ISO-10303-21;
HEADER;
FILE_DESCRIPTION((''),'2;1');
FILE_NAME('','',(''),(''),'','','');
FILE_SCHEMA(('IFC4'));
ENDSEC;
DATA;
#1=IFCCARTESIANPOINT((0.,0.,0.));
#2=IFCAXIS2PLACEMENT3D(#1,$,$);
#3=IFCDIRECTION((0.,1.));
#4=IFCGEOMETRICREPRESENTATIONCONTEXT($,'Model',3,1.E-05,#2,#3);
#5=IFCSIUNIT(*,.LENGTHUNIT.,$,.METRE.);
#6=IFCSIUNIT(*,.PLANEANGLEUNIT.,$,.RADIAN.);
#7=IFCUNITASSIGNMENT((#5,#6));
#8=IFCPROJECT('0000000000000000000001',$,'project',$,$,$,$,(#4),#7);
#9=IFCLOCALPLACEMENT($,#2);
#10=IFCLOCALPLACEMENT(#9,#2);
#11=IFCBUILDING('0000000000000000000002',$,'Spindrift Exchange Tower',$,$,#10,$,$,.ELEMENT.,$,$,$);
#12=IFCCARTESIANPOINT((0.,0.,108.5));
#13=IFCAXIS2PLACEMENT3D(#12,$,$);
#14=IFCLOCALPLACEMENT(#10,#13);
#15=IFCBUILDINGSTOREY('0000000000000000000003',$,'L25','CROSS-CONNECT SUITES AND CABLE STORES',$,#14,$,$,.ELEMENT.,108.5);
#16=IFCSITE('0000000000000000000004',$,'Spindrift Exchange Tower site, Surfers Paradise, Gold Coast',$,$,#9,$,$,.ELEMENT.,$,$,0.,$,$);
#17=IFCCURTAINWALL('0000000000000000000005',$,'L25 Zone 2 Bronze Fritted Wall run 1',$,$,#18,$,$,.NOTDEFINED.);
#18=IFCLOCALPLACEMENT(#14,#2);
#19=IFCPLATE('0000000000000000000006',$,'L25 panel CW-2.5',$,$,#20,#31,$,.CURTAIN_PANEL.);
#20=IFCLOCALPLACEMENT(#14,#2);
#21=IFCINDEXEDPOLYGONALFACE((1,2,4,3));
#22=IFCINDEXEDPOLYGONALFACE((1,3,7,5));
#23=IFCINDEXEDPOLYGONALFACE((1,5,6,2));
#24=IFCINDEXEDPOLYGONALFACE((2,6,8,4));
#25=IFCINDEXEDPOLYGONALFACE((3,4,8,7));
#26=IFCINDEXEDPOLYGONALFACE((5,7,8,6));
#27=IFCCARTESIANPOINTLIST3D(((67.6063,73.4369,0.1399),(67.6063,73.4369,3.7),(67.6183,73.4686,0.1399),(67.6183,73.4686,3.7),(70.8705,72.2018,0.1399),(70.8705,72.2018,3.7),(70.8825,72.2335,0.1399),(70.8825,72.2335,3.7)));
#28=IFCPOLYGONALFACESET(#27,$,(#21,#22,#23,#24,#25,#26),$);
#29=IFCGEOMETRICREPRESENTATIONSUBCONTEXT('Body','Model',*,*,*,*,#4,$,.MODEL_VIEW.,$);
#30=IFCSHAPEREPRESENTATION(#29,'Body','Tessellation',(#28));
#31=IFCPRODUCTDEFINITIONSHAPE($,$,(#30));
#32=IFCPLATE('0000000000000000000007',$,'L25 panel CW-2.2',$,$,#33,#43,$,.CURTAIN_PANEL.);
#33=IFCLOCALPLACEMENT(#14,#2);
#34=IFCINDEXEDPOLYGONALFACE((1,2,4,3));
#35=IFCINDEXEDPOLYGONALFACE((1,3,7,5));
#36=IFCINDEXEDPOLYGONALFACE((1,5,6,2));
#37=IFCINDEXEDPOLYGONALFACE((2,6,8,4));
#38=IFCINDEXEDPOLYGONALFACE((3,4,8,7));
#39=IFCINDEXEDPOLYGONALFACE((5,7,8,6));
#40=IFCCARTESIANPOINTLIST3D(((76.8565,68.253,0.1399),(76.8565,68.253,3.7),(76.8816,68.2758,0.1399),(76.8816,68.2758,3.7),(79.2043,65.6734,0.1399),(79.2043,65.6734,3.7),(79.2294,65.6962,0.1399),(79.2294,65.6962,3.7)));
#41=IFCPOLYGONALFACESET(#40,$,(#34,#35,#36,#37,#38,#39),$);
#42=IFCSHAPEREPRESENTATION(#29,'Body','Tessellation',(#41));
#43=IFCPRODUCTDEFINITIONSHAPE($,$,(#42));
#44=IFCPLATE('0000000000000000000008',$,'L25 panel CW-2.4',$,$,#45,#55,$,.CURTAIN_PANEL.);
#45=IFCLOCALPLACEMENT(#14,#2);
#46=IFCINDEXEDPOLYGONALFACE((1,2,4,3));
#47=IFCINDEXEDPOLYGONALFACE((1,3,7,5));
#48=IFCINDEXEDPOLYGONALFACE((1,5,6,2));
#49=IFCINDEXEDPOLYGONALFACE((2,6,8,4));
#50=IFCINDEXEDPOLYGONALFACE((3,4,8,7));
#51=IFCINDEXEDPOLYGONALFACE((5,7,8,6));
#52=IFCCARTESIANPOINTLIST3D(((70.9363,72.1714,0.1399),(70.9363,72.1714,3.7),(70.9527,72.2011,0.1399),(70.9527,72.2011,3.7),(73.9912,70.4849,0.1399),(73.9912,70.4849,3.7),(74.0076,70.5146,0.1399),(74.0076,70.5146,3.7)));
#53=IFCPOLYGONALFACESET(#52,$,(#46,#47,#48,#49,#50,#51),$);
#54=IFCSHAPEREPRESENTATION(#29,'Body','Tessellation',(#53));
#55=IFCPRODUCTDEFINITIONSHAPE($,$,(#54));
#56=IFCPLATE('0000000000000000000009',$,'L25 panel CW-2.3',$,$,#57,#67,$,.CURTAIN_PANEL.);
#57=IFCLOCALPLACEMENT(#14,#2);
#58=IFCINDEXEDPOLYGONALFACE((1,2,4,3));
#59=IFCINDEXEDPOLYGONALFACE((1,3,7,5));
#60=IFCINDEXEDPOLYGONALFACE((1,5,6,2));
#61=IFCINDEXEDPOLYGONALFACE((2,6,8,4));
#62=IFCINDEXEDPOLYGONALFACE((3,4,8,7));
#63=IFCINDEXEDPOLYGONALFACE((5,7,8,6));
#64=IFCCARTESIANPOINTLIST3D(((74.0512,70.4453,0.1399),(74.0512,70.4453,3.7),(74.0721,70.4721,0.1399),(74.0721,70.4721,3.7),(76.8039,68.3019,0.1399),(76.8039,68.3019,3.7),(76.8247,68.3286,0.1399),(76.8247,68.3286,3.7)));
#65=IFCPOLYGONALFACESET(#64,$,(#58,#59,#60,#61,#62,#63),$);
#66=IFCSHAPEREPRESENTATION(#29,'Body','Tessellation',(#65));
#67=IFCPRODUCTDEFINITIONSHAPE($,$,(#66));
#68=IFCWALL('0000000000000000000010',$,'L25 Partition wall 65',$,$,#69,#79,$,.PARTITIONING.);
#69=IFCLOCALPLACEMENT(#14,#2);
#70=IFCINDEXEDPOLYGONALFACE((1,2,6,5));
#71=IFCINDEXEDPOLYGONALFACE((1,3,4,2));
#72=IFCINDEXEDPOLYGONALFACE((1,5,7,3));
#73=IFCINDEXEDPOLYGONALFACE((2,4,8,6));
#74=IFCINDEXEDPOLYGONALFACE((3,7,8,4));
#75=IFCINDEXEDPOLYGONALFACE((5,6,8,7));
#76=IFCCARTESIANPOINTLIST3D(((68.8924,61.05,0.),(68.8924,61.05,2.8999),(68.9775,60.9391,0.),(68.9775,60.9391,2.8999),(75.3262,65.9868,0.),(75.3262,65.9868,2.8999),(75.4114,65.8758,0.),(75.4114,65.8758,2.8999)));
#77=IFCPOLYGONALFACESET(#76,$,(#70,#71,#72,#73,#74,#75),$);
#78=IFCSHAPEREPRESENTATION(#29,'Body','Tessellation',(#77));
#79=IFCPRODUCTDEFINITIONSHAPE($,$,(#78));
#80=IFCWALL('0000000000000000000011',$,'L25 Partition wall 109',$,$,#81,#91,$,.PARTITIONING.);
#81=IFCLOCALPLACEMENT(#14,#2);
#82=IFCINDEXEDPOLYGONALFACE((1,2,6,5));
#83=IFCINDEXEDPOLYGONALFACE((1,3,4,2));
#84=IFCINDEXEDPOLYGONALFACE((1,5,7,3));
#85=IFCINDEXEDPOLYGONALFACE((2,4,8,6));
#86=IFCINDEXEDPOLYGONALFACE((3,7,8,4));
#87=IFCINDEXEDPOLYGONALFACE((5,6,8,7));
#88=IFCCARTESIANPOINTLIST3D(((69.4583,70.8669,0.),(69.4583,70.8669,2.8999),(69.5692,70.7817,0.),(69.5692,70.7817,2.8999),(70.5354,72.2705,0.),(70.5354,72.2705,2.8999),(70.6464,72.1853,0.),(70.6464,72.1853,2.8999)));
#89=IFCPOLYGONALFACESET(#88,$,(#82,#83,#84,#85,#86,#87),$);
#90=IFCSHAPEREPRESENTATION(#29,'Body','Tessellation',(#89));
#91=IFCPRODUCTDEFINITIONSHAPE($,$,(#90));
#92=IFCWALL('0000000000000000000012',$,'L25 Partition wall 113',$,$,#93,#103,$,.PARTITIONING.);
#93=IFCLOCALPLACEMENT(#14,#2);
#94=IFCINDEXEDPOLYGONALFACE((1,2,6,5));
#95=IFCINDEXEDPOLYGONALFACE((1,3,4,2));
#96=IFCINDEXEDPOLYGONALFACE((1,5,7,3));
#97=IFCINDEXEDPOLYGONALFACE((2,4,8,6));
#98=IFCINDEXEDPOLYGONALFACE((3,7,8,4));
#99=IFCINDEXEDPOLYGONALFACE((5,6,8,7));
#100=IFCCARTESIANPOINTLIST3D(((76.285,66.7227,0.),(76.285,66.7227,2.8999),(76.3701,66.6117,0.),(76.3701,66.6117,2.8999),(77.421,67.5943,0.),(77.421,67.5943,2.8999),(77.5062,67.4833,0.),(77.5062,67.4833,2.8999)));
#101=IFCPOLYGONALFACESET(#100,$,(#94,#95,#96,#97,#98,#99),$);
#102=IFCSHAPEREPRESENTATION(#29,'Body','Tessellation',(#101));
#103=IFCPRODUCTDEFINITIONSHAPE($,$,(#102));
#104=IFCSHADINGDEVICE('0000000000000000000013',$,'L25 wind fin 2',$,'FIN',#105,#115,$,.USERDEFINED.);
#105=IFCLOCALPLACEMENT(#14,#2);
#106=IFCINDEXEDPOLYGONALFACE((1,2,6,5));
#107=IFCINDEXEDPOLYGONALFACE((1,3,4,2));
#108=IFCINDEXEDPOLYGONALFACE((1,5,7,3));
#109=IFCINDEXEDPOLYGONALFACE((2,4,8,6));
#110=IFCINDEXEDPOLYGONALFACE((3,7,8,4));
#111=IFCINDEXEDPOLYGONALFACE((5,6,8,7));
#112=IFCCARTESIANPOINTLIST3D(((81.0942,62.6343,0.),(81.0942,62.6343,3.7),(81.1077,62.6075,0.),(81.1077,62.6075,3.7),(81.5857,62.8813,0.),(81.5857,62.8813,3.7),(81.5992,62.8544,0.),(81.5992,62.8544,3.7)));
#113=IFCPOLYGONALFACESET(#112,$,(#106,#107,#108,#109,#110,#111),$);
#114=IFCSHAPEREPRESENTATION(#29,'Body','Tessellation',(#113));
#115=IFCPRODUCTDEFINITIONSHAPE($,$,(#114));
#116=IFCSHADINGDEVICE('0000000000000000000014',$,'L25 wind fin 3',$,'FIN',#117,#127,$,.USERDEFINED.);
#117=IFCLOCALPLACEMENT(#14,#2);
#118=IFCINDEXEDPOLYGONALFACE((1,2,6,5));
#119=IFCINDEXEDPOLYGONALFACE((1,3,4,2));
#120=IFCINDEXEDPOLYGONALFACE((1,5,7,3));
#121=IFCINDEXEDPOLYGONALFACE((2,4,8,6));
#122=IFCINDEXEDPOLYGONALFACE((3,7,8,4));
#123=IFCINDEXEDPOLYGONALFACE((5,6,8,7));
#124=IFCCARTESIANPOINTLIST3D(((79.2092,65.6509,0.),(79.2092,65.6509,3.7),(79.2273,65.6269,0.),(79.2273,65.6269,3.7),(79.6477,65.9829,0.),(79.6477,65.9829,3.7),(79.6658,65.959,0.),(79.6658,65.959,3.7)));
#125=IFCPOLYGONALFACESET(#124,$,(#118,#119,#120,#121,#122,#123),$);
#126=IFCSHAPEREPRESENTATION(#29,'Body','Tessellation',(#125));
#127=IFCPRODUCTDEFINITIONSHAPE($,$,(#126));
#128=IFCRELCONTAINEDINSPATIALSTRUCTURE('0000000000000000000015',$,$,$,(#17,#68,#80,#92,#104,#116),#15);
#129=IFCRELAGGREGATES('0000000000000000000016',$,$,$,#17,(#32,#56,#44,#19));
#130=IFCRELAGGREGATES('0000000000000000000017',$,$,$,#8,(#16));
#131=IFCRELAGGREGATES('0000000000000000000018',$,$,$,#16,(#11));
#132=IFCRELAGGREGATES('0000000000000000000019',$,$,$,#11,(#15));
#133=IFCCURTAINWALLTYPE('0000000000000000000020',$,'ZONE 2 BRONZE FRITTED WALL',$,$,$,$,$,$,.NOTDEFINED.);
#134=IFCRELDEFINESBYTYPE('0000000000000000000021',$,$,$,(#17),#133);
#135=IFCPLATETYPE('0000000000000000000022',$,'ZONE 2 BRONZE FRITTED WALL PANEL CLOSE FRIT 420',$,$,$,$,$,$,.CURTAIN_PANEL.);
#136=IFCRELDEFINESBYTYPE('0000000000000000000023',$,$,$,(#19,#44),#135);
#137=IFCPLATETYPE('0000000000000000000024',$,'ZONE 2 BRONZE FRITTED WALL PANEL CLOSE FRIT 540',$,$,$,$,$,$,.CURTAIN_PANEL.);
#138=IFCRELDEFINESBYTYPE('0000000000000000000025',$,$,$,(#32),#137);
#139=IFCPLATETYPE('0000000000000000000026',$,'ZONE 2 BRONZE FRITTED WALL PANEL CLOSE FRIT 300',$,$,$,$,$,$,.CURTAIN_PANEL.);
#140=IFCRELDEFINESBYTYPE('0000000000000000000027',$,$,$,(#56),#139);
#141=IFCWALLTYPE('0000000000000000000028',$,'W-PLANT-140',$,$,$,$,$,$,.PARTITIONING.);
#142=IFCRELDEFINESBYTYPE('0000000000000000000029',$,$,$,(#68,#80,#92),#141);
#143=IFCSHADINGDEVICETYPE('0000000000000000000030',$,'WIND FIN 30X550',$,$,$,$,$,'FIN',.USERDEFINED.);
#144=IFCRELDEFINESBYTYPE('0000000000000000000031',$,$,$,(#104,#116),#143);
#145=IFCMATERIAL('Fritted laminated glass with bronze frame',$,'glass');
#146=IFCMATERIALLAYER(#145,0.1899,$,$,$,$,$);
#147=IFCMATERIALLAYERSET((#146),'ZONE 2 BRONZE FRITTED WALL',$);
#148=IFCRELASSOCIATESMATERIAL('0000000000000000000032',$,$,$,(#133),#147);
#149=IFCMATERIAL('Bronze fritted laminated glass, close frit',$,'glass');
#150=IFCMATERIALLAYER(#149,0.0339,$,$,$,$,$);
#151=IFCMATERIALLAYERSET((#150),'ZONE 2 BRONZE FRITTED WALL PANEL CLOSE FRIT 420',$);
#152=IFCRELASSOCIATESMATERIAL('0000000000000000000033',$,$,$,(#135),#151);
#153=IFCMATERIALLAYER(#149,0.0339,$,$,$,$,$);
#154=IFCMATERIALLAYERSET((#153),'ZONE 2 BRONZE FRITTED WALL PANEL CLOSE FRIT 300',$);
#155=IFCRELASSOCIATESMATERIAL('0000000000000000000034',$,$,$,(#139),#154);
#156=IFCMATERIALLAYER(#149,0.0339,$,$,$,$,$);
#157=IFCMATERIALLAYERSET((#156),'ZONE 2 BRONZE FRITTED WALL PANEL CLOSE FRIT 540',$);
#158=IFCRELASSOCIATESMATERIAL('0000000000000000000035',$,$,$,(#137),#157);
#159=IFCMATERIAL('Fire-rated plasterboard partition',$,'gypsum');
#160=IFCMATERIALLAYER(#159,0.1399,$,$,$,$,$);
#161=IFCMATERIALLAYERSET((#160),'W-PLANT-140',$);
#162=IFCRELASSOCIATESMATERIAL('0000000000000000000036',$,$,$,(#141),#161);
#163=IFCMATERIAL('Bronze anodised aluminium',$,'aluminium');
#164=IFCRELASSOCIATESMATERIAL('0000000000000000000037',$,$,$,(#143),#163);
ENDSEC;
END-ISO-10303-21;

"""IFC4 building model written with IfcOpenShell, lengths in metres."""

from ifc_helpers import new_model, si_unit, direction, frame, frame_2d, origin, origin_2d, place, context, subcontext, project, spatial, rectangle, extrude, source, transform, mapped, material, layer, layer_set, material_profile, profile_set, type_object, element, aggregate, save


model = new_model("IFC4")

# Units and contexts
model_context = context("Model", 3, precision=1e-05, world=origin(), true_north=direction((0.0, 1.0)))
body_context = subcontext(model_context, "Body", "Model", "MODEL_VIEW")
ifc_project = project(units=[si_unit("LENGTHUNIT", "METRE"), si_unit("PLANEANGLEUNIT", "RADIAN")], contexts=[model_context])

# Site, building, storey
site_placement = place(None, origin())
site = spatial("IfcSite", under=ifc_project, at=site_placement, Name="Spindrift Exchange Tower site, Surfers Paradise, Gold Coast", CompositionType="ELEMENT", RefElevation=0.0)
building_placement = place(site_placement, origin())
building = spatial("IfcBuilding", under=site, at=building_placement, Name="Spindrift Exchange Tower", CompositionType="ELEMENT")
storey_placement = place(building_placement, frame((0.0, 0.0, 108.5)))
storey = spatial("IfcBuildingStorey", under=building, at=storey_placement, Name="L25", Description="CROSS-CONNECT SUITES AND CABLE STORES", CompositionType="ELEMENT", Elevation=108.5)

# Curtain wall
ifc_material_1 = material(Name="Fritted laminated glass with bronze frame", Category="glass")
ifc_layer_1 = layer(ifc_material_1, 0.1899)
ifc_layer_set_1 = layer_set([ifc_layer_1], Name="ZONE 2 BRONZE FRITTED WALL")
curtain_wall_type = type_object("IfcCurtainWallType", Name="ZONE 2 BRONZE FRITTED WALL", PredefinedType="NOTDEFINED", material=ifc_layer_set_1)
curtain_wall_1_placement = place(storey_placement, origin())
curtain_wall_1 = element("IfcCurtainWall", 1, at=curtain_wall_1_placement, inside=storey, type_object=curtain_wall_type, Name="L25 Zone 2 Bronze Fritted Wall run 1", PredefinedType="NOTDEFINED")
ifc_material_2 = material(Name="Bronze anodised aluminium", Category="aluminium")
ifc_material_3 = material(Name="Bronze fritted laminated glass, close frit", Category="glass")
ifc_layer_2 = layer(ifc_material_3, 0.0339)
ifc_layer_set_2 = layer_set([ifc_layer_2], Name="ZONE 2 BRONZE FRITTED WALL PANEL CLOSE FRIT 420")
plate_type_1 = type_object("IfcPlateType", Name="ZONE 2 BRONZE FRITTED WALL PANEL CLOSE FRIT 420", PredefinedType="CURTAIN_PANEL", material=ifc_layer_set_2)

# Shared definitions
ifc_layer_3 = layer(ifc_material_3, 0.0339)
ifc_layer_set_3 = layer_set([ifc_layer_3], Name="ZONE 2 BRONZE FRITTED WALL PANEL CLOSE FRIT 300")
plate_type_2 = type_object("IfcPlateType", Name="ZONE 2 BRONZE FRITTED WALL PANEL CLOSE FRIT 300", PredefinedType="CURTAIN_PANEL", material=ifc_layer_set_3)

# Plates
shared_shape_1 = source(origin(), body_context, "Body", "SweptSolid", [
    extrude(rectangle(XDim=3.49, YDim=0.0339, at=origin_2d()), origin(), (0.0, 0.0, 1.0), 3.5601),
])
plate_1_placement = place(storey_placement, frame((69.2444, 72.8352, 0.1399), z_axis=(0.0, 0.0, 1.0), x_axis=(-0.935288, 0.353886, 0.0)))
plate_1 = element("IfcPlate", 2, at=plate_1_placement, type_object=plate_type_1, Name="L25 panel CW-2.5", PredefinedType="CURTAIN_PANEL", context=body_context, shape_type="MappedRepresentation", body=[
    mapped(shared_shape_1, transform((0.0, 0.0, 0.0), scale=1.0)),
])
ifc_layer_4 = layer(ifc_material_3, 0.0339)
ifc_layer_set_4 = layer_set([ifc_layer_4], Name="ZONE 2 BRONZE FRITTED WALL PANEL CLOSE FRIT 540")
plate_type_3 = type_object("IfcPlateType", Name="ZONE 2 BRONZE FRITTED WALL PANEL CLOSE FRIT 540", PredefinedType="CURTAIN_PANEL", material=ifc_layer_set_4)
shared_shape_2 = source(origin(), body_context, "Body", "SweptSolid", [
    extrude(rectangle(XDim=3.488, YDim=0.0339, at=origin_2d()), origin(), (0.0, 0.0, 1.0), 3.5601),
])
plate_2_placement = place(storey_placement, frame((78.043, 66.9746, 0.1399), z_axis=(0.0, 0.0, 1.0), x_axis=(-0.673096, 0.739555, 0.0)))
plate_2 = element("IfcPlate", 3, at=plate_2_placement, type_object=plate_type_3, Name="L25 panel CW-2.2", PredefinedType="CURTAIN_PANEL", context=body_context, shape_type="MappedRepresentation", body=[
    mapped(shared_shape_2, transform((0.0, 0.0, 0.0), scale=1.0)),
])
shared_shape_3 = source(origin(), body_context, "Body", "SweptSolid", [
    extrude(rectangle(XDim=3.4895, YDim=0.0339, at=origin_2d()), origin(), (0.0, 0.0, 1.0), 3.5601),
])
plate_3_placement = place(storey_placement, frame((72.4719, 71.343, 0.1399), z_axis=(0.0, 0.0, 1.0), x_axis=(-0.875454, 0.483302, 0.0)))
plate_3 = element("IfcPlate", 4, at=plate_3_placement, type_object=plate_type_1, Name="L25 panel CW-2.4", PredefinedType="CURTAIN_PANEL", context=body_context, shape_type="MappedRepresentation", body=[
    mapped(shared_shape_3, transform((0.0, 0.0, 0.0), scale=1.0)),
])
shared_shape_4 = source(origin(), body_context, "Body", "SweptSolid", [
    extrude(rectangle(XDim=3.4888, YDim=0.0339, at=origin_2d()), origin(), (0.0, 0.0, 1.0), 3.5601),
])
plate_4_placement = place(storey_placement, frame((75.438, 69.387, 0.1399), z_axis=(0.0, 0.0, 1.0), x_axis=(-0.789006, 0.614386, 0.0)))
plate_4 = element("IfcPlate", 5, at=plate_4_placement, type_object=plate_type_2, Name="L25 panel CW-2.3", PredefinedType="CURTAIN_PANEL", context=body_context, shape_type="MappedRepresentation", body=[
    mapped(shared_shape_4, transform((0.0, 0.0, 0.0), scale=1.0)),
])
aggregate(curtain_wall_1, [plate_2, plate_4, plate_3, plate_1])

# Walls
ifc_material_4 = material(Name="Fire-rated plasterboard partition", Category="gypsum")
ifc_layer_5 = layer(ifc_material_4, 0.1399)
ifc_layer_set_5 = layer_set([ifc_layer_5], Name="W-PLANT-140")
wall_type = type_object("IfcWallType", Name="W-PLANT-140", PredefinedType="PARTITIONING", material=ifc_layer_set_5)
wall_1_placement = place(storey_placement, frame((68.9351, 60.9946, 0.0), z_axis=(0.0, 0.0, 1.0), x_axis=(0.793359, 0.608754, 0.0)))
element("IfcWall", 6, at=wall_1_placement, inside=storey, type_object=wall_type, Name="L25 Partition wall 65", PredefinedType="PARTITIONING", context=body_context, shape_type="SweptSolid", body=[
    extrude(rectangle(XDim=8.1096, YDim=0.1399, at=frame_2d((4.0547, 0.0))), origin(), (0.0, 0.0, 1.0), 2.8999),
])
wall_2_placement = place(storey_placement, frame((69.5137, 70.8242, 0.0), z_axis=(0.0, 0.0, 1.0), x_axis=(0.608817, 0.793311, 0.0)))
element("IfcWall", 7, at=wall_2_placement, inside=storey, type_object=wall_type, Name="L25 Partition wall 109", PredefinedType="PARTITIONING", context=body_context, shape_type="SweptSolid", body=[
    extrude(rectangle(XDim=1.7693, YDim=0.1399, at=frame_2d((0.8848, 0.0))), origin(), (0.0, 0.0, 1.0), 2.8999),
])
wall_3_placement = place(storey_placement, frame((76.3276, 66.6672, 0.0), z_axis=(0.0, 0.0, 1.0), x_axis=(0.793384, 0.608721, 0.0)))
element("IfcWall", 8, at=wall_3_placement, inside=storey, type_object=wall_type, Name="L25 Partition wall 113", PredefinedType="PARTITIONING", context=body_context, shape_type="SweptSolid", body=[
    extrude(rectangle(XDim=1.4319, YDim=0.1399, at=frame_2d((0.7158, 0.0))), origin(), (0.0, 0.0, 1.0), 2.8999),
])

# Shading devices
ifc_material_profile_1 = material_profile(ifc_material_2, rectangle(XDim=0.03, YDim=0.55, at=origin_2d()), Name="WIND FIN 30X550")
ifc_profile_set_1 = profile_set([ifc_material_profile_1], Name="Bronze anodised aluminium")
shading_device_type = type_object("IfcShadingDeviceType", Name="WIND FIN 30X550", ElementType="FIN", PredefinedType="USERDEFINED", material=ifc_profile_set_1)
shared_shape_5 = source(origin(), body_context, "Body", "SweptSolid", [
    extrude(rectangle(XDim=0.03, YDim=0.55, at=origin_2d()), origin(), (0.0, 0.0, 1.0), 3.7),
])
for number, where, z_axis, x_axis, name in (
    (9, (81.3467, 62.7444, 0.0), (0.0, 0.0, 1.0), (-0.448949, 0.893557, 0.0), "L25 wind fin 2"),
    (10, (79.4375, 65.8049, 0.0), (0.0, 0.0, 1.0), (-0.603649, 0.79725, 0.0), "L25 wind fin 3"),
):
    element("IfcShadingDevice", number, at=place(storey_placement, frame(where, z_axis=z_axis, x_axis=x_axis)), inside=storey, type_object=shading_device_type, Name=name, ObjectType="FIN", PredefinedType="USERDEFINED", context=body_context, shape_type="MappedRepresentation", body=[
        mapped(shared_shape_5, transform((0.0, 0.0, 0.0), scale=1.0)),
    ])

save(model, "model.ifc")
